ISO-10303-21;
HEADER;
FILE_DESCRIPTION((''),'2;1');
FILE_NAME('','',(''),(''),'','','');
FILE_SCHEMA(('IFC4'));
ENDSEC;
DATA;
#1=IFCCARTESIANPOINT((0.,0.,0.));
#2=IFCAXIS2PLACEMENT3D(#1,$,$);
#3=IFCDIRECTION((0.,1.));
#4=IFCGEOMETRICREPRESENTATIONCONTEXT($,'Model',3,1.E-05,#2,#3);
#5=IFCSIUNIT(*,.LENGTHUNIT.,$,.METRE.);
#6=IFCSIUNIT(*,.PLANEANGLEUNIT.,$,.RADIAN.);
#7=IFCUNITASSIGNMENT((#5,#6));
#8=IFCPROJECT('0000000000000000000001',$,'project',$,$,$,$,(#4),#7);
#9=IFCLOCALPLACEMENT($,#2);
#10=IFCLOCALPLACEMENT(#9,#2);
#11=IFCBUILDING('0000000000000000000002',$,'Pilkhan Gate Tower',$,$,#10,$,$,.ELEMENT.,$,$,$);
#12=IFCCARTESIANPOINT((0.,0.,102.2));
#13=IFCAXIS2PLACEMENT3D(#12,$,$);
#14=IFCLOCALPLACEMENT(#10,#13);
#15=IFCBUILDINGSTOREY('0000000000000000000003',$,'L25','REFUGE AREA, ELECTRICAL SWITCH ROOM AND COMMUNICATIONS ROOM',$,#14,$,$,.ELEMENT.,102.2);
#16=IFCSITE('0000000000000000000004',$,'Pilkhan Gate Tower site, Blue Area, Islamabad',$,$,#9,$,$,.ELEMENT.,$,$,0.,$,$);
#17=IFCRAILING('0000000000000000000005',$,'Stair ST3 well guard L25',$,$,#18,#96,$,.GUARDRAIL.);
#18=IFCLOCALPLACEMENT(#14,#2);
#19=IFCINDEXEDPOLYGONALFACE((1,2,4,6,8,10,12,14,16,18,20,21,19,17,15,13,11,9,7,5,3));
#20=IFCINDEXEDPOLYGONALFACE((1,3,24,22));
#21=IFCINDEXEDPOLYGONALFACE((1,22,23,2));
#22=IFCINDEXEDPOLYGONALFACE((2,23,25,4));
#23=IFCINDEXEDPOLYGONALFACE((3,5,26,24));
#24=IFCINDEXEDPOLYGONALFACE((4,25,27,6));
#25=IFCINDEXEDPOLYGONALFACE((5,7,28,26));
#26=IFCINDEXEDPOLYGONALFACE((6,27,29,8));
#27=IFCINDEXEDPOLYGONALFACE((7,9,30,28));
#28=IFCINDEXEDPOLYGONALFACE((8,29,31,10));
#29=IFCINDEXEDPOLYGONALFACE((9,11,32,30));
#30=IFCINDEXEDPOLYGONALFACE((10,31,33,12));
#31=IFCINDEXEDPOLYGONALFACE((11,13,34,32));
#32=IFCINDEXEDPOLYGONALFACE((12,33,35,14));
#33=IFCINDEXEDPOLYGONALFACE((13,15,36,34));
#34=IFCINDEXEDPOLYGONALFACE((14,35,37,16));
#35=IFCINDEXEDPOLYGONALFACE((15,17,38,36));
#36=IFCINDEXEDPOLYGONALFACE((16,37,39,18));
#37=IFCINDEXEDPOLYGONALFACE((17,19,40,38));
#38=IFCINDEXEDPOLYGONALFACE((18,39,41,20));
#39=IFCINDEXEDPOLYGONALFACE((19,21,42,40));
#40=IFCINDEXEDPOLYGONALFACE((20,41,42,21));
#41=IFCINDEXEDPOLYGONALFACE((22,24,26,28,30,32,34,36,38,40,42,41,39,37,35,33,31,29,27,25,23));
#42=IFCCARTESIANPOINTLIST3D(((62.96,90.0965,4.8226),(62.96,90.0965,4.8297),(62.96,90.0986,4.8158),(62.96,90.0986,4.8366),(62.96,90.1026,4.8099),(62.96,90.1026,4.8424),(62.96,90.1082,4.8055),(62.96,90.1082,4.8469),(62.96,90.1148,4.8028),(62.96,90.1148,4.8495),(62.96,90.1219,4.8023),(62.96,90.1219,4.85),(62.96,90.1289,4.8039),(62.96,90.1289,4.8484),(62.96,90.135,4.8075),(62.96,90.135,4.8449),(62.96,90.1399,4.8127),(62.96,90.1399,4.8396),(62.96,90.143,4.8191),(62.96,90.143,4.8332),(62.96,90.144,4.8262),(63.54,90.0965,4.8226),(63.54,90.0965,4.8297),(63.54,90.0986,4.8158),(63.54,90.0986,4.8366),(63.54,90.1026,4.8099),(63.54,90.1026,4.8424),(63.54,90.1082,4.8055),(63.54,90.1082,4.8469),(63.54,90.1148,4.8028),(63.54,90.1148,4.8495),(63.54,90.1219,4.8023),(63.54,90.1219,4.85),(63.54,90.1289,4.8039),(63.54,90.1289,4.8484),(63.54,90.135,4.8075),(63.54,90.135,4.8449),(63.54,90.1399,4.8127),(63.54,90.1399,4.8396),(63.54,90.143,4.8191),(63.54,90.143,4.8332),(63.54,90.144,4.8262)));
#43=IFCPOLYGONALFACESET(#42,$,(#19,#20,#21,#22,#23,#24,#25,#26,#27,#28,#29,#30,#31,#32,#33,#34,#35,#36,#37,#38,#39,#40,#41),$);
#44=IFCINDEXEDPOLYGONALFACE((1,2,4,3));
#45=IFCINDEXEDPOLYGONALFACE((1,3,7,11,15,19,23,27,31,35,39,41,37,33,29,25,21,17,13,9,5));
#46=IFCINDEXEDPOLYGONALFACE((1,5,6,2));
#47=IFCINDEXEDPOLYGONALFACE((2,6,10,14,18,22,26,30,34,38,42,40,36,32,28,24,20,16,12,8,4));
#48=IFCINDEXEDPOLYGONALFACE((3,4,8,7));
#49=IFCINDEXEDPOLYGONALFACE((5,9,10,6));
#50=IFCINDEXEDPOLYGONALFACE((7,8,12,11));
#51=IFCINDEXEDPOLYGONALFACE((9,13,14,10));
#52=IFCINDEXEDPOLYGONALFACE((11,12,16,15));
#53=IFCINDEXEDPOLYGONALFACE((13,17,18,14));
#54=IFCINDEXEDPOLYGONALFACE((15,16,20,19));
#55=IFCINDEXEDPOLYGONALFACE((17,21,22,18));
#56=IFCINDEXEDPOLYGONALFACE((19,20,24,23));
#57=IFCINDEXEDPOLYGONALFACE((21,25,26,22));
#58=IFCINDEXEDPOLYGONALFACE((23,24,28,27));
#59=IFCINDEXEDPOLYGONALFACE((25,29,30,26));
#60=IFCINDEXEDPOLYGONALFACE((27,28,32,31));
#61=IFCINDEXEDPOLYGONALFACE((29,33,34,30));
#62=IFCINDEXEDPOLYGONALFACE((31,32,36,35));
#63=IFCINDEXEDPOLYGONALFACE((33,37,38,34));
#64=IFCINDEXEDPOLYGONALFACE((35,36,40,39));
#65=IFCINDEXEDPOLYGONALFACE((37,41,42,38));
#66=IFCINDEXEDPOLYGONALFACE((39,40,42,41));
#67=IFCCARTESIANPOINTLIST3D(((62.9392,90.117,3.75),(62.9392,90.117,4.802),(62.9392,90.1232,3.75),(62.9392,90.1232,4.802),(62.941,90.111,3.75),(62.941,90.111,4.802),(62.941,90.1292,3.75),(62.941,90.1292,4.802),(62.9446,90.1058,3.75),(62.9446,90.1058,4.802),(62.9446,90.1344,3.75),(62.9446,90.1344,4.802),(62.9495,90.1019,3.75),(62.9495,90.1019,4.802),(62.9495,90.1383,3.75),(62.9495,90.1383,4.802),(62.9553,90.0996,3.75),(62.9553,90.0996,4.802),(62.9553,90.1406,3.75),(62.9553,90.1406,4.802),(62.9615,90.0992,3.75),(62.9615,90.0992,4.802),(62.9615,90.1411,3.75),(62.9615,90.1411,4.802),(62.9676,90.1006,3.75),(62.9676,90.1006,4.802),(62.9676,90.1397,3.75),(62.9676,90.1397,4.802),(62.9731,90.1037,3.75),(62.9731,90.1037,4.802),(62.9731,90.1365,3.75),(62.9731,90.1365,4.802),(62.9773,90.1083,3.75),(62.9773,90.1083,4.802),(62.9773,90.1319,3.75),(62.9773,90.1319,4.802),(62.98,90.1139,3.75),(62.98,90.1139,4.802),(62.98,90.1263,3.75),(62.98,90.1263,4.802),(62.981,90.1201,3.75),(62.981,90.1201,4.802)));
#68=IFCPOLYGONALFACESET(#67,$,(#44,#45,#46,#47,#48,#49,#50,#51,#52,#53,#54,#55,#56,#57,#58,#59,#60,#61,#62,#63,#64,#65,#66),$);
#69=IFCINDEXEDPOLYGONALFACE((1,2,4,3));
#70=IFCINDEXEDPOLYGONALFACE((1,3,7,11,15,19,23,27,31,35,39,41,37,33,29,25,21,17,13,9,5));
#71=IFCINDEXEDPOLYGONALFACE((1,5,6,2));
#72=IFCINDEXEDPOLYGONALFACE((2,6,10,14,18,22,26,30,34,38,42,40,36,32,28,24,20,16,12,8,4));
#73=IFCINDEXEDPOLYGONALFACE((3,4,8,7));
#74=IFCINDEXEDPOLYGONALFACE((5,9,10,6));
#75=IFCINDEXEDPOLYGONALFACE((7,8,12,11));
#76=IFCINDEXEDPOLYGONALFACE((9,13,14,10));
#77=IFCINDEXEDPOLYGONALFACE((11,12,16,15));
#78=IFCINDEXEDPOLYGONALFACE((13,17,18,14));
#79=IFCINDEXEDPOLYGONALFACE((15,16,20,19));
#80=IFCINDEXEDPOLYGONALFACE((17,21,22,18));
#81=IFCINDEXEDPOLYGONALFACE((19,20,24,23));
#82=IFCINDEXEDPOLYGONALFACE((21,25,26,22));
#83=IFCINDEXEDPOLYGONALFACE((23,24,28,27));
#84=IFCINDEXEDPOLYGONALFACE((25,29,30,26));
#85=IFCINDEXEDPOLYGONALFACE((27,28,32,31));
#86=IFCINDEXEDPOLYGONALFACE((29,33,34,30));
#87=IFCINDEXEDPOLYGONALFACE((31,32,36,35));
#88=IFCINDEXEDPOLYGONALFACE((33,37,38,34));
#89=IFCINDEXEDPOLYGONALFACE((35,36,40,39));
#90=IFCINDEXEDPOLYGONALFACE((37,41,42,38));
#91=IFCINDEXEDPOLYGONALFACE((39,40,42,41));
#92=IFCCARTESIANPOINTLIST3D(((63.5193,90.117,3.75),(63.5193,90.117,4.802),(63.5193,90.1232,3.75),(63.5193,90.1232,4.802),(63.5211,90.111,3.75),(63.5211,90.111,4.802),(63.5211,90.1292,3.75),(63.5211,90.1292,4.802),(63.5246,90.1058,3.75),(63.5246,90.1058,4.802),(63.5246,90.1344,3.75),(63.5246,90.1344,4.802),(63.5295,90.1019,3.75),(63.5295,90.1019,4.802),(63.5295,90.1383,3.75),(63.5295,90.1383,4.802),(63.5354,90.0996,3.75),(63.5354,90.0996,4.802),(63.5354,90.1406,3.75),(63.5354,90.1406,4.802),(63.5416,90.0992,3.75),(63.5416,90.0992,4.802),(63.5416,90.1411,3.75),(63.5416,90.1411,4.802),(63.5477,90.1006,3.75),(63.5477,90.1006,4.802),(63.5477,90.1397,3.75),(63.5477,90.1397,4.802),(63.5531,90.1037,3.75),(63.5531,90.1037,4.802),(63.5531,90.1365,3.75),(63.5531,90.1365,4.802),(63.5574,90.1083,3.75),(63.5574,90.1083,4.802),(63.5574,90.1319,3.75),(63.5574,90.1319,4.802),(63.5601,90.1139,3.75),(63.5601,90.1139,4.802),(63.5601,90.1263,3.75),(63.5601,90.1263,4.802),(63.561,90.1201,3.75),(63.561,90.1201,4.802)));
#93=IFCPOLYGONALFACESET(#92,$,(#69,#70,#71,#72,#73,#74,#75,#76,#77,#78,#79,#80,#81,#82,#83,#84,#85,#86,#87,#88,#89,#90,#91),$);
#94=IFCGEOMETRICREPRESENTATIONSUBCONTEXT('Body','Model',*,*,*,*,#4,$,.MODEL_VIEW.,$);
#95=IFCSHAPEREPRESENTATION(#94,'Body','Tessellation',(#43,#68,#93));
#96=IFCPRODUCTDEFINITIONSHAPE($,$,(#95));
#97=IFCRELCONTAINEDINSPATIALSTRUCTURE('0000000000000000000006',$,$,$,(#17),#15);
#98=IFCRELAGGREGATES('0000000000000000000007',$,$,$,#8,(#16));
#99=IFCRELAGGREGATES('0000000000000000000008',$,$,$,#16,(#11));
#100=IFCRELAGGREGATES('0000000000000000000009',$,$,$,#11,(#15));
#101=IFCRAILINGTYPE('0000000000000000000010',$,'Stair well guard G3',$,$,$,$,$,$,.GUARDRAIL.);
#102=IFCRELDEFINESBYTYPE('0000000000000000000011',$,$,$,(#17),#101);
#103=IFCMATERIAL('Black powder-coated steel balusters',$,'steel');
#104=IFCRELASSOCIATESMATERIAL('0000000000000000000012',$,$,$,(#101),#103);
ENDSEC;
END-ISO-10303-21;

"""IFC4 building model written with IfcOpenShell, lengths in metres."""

from ifc_helpers import new_model, si_unit, direction, frame, origin, origin_2d, place, context, subcontext, project, spatial, circle, extrude, material, type_object, element, save


model = new_model("IFC4")

# Units and contexts
model_context = context("Model", 3, precision=1e-05, world=origin(), true_north=direction((0.0, 1.0)))
body_context = subcontext(model_context, "Body", "Model", "MODEL_VIEW")
ifc_project = project(units=[si_unit("LENGTHUNIT", "METRE"), si_unit("PLANEANGLEUNIT", "RADIAN")], contexts=[model_context])

# Site, building, storey
site_placement = place(None, origin())
site = spatial("IfcSite", under=ifc_project, at=site_placement, Name="Pilkhan Gate Tower site, Blue Area, Islamabad", CompositionType="ELEMENT", RefElevation=0.0)
building_placement = place(site_placement, origin())
building = spatial("IfcBuilding", under=site, at=building_placement, Name="Pilkhan Gate Tower", CompositionType="ELEMENT")
storey_placement = place(building_placement, frame((0.0, 0.0, 102.2)))
storey = spatial("IfcBuildingStorey", under=building, at=storey_placement, Name="L25", Description="REFUGE AREA, ELECTRICAL SWITCH ROOM AND COMMUNICATIONS ROOM", CompositionType="ELEMENT", Elevation=102.2)

# Railing
ifc_material_1 = material(Name="Black powder-coated steel balusters", Category="steel")
railing_type_1 = type_object("IfcRailingType", Name="Stair well guard G3", PredefinedType="GUARDRAIL", material=ifc_material_1)
for number, where, name in (
    (1, (62.96, 90.1201, 3.75), "Stair ST3 well guard L25"),
):
    element("IfcRailing", number, at=place(storey_placement, frame(where)), inside=storey, type_object=railing_type_1, Name=name, PredefinedType="GUARDRAIL", context=body_context, shape_type="SweptSolid", body=[
        extrude(circle(Radius=0.0239, at=origin_2d()), frame((0.0, 0.0, 1.0762), z_axis=(1.0, 0.0, 0.0), x_axis=(0.0, 1.0, 0.0)), (0.0, 0.0, 1.0), 0.5801),
        extrude(circle(Radius=0.021, at=origin_2d()), origin(), (0.0, 0.0, 1.0), 1.052),
        extrude(circle(Radius=0.021, at=origin_2d()), frame((0.5801, 0.0, 0.0)), (0.0, 0.0, 1.0), 1.052),
    ])

save(model, "model.ifc")
